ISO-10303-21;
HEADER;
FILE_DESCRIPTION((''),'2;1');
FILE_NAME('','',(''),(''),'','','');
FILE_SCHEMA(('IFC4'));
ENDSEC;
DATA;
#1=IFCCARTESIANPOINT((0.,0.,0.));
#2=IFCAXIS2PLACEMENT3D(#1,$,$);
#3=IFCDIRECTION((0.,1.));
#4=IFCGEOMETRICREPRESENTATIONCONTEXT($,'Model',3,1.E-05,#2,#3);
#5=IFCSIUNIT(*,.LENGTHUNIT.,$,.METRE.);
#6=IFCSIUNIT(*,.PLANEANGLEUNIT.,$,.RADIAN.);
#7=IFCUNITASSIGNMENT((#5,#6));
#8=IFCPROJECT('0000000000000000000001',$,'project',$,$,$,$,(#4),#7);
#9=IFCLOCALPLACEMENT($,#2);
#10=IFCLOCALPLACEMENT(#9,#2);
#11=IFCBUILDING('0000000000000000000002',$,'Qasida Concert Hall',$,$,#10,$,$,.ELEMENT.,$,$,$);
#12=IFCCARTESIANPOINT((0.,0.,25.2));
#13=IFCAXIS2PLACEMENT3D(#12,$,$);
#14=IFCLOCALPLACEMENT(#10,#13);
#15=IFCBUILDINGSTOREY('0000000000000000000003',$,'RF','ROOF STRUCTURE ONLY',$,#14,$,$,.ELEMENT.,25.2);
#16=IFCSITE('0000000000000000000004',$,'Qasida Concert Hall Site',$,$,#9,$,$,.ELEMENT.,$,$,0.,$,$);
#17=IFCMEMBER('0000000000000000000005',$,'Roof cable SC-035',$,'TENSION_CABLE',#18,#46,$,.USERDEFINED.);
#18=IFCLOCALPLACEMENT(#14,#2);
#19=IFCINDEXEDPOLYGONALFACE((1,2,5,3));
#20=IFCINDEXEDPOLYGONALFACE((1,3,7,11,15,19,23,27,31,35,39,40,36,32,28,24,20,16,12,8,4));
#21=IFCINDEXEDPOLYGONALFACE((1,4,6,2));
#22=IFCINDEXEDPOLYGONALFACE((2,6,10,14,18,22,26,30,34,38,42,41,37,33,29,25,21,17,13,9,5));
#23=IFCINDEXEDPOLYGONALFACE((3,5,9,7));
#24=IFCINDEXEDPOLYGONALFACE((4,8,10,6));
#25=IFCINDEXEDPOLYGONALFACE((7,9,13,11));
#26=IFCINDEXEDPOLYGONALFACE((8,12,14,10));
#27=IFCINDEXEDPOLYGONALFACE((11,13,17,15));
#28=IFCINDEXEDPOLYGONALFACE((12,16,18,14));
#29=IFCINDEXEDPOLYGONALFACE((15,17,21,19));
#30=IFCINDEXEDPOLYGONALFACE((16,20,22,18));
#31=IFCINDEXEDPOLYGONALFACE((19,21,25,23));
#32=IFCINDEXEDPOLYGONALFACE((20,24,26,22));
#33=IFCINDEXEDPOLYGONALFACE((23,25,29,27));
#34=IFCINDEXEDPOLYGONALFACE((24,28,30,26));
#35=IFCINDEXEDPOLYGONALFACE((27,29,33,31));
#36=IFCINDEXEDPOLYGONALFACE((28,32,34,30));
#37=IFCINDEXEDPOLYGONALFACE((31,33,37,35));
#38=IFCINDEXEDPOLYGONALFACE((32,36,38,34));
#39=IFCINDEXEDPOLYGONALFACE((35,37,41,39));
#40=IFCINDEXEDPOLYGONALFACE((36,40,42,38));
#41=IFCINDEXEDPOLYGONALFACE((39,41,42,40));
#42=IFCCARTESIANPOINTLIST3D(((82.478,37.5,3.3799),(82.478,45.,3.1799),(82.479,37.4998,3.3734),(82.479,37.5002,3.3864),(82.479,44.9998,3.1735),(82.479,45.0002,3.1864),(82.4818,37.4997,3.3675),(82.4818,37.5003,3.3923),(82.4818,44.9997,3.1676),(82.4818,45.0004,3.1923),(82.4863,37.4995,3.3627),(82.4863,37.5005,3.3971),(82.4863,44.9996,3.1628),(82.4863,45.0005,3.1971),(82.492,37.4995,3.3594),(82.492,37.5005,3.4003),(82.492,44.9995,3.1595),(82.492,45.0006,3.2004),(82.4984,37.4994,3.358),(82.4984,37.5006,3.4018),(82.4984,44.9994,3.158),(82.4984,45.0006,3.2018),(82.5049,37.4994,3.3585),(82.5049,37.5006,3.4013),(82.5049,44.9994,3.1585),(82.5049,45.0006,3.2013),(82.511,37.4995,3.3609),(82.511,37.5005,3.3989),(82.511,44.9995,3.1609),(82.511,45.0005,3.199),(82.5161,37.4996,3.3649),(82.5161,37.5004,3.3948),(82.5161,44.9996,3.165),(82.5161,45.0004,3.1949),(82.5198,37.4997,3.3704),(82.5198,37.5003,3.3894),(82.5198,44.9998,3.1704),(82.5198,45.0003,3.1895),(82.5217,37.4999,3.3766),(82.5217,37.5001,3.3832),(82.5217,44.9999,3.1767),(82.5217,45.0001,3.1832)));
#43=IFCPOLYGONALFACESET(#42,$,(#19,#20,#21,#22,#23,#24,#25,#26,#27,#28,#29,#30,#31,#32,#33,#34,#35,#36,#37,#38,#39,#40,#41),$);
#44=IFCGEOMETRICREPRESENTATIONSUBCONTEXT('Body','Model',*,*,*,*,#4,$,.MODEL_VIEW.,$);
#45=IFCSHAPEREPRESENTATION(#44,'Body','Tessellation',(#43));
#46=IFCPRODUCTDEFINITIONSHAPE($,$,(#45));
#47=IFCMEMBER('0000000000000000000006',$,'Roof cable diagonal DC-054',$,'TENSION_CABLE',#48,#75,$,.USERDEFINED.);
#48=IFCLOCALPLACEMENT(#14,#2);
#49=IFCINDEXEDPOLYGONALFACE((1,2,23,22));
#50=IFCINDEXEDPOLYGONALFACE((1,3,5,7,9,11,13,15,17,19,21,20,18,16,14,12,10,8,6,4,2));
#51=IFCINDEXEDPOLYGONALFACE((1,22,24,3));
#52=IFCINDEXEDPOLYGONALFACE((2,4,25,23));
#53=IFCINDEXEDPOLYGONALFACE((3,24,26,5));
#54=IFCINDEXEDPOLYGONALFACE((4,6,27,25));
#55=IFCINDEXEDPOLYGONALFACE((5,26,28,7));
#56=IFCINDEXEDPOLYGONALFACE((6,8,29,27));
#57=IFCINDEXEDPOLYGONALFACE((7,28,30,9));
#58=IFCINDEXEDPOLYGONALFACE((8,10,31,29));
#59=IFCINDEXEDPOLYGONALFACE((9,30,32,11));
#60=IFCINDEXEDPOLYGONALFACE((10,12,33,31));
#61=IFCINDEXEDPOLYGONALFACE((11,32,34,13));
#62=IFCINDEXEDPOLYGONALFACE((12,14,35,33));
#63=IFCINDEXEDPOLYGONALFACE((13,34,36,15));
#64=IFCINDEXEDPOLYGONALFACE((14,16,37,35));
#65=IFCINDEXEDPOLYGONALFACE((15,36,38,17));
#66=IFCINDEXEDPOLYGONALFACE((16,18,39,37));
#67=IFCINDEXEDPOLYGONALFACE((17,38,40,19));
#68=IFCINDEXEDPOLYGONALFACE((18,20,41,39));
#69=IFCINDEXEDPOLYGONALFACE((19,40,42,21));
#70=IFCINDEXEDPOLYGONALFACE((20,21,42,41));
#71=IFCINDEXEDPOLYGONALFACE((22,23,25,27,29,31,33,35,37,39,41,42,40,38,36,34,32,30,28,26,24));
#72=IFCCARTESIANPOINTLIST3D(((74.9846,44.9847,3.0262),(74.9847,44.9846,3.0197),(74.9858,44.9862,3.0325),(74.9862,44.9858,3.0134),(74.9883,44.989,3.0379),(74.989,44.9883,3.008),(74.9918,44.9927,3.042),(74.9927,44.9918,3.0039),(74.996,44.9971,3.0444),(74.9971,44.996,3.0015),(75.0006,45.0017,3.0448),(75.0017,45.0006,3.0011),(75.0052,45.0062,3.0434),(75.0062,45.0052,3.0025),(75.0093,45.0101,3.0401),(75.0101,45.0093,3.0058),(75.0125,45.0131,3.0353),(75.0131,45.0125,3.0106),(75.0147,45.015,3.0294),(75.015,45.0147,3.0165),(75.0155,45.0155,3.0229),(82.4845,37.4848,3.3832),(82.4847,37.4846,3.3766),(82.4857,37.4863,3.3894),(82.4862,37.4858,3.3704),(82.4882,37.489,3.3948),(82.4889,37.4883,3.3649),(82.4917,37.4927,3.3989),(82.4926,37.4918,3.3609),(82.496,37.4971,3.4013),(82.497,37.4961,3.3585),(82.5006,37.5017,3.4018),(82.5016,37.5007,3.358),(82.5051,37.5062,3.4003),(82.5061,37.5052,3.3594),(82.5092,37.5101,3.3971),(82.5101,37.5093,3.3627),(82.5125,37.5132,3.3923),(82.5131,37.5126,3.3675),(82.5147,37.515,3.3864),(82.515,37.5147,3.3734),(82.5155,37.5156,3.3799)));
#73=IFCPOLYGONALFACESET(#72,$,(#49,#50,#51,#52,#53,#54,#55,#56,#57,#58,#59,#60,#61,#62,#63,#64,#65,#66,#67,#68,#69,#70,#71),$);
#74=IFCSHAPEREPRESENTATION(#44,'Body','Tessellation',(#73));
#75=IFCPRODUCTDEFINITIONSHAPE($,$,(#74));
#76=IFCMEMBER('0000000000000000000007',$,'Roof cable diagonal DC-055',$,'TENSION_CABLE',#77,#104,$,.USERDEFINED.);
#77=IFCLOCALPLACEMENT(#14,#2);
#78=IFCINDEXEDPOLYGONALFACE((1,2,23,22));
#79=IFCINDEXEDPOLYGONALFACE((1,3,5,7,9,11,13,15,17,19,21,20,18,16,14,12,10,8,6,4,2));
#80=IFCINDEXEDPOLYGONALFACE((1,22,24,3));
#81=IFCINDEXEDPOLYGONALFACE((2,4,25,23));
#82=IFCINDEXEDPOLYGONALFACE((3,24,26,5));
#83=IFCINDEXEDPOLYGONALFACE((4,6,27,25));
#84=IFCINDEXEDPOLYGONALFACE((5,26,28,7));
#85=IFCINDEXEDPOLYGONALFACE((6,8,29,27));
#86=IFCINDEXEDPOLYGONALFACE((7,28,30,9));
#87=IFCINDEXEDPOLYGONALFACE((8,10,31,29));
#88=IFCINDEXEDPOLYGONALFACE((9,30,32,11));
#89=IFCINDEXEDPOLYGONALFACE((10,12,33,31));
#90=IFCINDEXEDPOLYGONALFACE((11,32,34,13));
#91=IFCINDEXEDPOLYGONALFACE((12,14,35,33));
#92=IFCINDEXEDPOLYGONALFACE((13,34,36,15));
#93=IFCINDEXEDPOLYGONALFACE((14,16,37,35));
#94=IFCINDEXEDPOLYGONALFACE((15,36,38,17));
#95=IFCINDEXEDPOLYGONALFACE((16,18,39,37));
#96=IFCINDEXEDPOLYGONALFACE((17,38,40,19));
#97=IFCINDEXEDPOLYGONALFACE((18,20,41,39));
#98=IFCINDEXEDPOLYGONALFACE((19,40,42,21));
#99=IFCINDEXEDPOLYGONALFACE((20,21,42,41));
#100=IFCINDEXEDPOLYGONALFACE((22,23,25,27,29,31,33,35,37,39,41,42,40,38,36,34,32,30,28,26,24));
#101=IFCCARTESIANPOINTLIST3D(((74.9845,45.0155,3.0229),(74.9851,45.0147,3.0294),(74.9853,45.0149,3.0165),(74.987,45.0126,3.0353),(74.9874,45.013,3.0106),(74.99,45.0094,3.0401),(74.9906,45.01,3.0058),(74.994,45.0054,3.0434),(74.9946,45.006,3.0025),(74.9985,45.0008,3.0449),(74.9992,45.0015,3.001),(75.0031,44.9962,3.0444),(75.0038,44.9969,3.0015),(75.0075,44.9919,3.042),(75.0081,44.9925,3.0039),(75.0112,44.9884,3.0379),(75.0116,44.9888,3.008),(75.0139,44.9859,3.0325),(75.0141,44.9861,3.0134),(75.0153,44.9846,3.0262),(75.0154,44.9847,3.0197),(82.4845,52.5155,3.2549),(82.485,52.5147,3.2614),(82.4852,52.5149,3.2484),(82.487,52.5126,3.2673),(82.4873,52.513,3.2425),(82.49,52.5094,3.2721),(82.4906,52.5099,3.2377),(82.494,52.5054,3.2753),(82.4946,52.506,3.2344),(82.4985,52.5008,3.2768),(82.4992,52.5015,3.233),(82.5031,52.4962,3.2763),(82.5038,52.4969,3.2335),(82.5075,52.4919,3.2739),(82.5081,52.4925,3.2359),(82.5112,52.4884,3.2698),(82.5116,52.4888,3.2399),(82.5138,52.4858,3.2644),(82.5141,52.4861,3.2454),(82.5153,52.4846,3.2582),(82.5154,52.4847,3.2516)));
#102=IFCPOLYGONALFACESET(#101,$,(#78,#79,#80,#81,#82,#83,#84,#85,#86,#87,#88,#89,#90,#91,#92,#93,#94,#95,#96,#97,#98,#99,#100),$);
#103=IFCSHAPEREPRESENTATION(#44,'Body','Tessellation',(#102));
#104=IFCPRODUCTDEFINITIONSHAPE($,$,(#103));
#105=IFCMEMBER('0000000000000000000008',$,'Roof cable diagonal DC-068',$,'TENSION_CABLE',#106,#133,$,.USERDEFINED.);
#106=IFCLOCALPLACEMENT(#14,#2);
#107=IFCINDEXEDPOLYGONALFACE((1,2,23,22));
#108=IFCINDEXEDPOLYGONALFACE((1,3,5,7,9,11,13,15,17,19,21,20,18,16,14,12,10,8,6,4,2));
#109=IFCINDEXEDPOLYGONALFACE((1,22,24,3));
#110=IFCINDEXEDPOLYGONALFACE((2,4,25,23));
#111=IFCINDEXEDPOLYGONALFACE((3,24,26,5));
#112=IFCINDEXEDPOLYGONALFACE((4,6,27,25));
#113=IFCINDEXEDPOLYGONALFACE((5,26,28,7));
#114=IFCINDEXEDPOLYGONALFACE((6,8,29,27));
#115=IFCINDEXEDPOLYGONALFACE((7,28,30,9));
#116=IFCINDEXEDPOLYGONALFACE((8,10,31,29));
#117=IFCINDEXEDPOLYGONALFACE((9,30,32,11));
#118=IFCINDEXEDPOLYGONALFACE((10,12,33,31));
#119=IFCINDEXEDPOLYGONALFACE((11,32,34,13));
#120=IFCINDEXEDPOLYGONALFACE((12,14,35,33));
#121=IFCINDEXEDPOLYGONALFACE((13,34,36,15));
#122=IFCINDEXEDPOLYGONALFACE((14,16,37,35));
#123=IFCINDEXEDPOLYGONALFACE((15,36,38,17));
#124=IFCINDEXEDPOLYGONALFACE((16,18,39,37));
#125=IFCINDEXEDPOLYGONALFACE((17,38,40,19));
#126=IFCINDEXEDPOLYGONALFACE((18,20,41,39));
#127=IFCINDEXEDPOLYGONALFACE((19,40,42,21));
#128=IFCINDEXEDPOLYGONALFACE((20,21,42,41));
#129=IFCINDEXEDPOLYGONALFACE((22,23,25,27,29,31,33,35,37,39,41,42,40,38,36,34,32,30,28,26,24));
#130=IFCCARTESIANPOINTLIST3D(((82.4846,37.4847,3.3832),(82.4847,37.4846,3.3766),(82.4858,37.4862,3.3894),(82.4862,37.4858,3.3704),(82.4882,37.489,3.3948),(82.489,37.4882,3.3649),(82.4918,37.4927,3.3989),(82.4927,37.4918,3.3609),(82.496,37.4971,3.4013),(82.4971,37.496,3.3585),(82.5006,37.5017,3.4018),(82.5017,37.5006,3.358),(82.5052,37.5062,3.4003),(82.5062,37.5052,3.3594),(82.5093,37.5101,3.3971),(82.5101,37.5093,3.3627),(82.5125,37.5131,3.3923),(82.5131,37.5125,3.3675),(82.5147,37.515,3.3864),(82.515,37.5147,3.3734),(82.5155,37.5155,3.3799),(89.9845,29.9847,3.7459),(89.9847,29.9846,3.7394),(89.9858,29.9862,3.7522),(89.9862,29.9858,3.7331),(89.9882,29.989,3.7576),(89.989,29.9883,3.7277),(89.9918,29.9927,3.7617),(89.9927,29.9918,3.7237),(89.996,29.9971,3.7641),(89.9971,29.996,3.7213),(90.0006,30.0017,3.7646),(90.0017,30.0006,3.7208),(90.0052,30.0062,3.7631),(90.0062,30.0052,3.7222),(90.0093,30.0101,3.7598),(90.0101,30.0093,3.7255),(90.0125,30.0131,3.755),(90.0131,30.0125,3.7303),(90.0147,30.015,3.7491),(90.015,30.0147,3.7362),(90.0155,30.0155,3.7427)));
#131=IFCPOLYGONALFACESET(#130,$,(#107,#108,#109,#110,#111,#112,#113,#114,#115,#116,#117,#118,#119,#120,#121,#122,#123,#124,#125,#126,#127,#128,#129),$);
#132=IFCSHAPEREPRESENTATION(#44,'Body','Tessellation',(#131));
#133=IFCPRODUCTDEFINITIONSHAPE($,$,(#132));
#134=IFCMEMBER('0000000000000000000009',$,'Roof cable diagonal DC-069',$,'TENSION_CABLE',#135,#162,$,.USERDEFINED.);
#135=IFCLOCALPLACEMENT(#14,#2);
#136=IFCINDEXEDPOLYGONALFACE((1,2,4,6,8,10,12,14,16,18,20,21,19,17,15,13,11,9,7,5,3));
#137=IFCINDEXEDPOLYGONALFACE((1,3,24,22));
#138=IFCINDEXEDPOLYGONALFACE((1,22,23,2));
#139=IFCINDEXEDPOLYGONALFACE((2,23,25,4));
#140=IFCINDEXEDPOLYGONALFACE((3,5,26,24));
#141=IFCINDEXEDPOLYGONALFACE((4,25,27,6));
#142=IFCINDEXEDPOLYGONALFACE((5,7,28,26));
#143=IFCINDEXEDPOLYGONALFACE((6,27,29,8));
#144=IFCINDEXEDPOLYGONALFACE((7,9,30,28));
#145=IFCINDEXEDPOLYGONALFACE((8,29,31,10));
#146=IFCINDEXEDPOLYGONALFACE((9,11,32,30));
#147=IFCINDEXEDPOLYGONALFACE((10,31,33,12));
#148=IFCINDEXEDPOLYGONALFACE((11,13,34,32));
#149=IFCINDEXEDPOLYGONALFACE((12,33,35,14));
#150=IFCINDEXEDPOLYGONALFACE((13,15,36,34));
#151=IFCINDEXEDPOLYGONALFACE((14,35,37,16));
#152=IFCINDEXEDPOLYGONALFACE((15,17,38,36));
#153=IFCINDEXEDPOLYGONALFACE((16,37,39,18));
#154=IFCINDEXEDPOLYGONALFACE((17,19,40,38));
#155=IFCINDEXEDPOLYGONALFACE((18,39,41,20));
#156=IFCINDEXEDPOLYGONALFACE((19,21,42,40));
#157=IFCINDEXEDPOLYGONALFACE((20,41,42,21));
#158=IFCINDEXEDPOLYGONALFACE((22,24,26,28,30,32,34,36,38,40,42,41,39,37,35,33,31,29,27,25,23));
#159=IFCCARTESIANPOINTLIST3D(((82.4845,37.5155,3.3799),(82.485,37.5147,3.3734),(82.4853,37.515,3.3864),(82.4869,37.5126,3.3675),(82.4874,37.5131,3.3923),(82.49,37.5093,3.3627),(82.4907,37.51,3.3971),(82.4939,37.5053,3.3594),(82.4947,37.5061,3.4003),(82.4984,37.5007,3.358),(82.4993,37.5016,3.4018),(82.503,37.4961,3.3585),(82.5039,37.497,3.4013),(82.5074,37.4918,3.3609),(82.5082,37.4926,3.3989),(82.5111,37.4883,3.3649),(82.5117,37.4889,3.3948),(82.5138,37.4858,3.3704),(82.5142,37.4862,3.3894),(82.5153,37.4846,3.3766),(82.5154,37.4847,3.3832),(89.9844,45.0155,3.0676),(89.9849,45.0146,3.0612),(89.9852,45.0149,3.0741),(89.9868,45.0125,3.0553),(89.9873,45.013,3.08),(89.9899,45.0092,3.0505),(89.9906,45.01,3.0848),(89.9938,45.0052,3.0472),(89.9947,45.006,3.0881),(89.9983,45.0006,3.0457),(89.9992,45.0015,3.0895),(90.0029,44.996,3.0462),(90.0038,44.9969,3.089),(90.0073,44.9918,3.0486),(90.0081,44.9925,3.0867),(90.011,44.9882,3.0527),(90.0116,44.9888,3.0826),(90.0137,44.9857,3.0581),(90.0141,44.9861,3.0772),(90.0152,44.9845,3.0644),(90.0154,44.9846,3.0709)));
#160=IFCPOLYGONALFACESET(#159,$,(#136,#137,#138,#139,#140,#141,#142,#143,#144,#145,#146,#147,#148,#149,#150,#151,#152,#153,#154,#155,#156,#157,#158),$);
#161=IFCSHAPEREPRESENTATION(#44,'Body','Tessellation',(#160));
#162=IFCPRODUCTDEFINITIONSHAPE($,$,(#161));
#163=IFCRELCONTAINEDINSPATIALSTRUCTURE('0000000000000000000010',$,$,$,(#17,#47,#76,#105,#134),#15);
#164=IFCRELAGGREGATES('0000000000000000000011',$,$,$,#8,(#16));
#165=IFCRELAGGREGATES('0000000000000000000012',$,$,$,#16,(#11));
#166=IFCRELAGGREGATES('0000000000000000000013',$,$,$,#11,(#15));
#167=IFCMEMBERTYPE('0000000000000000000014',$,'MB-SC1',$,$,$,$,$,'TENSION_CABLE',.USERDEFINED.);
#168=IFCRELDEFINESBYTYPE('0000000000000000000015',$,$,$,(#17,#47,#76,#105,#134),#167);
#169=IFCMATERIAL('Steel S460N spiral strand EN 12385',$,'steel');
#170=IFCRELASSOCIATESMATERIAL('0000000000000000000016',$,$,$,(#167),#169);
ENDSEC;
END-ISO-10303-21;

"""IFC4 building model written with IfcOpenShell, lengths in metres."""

from ifc_helpers import new_model, si_unit, direction, frame, origin, origin_2d, place, context, subcontext, project, spatial, circle, extrude, material, material_profile, profile_set, type_object, element, save


model = new_model("IFC4")

# Units and contexts
model_context = context("Model", 3, precision=1e-05, world=origin(), true_north=direction((0.0, 1.0)))
body_context = subcontext(model_context, "Body", "Model", "MODEL_VIEW")
ifc_project = project(units=[si_unit("LENGTHUNIT", "METRE"), si_unit("PLANEANGLEUNIT", "RADIAN")], contexts=[model_context])

# Site, building, storey
site_placement = place(None, origin())
site = spatial("IfcSite", under=ifc_project, at=site_placement, Name="Qasida Concert Hall Site", CompositionType="ELEMENT", RefElevation=0.0)
building_placement = place(site_placement, origin())
building = spatial("IfcBuilding", under=site, at=building_placement, Name="Qasida Concert Hall", CompositionType="ELEMENT")
storey_placement = place(building_placement, frame((0.0, 0.0, 25.2)))
storey = spatial("IfcBuildingStorey", under=building, at=storey_placement, Name="RF", Description="ROOF STRUCTURE ONLY", CompositionType="ELEMENT", Elevation=25.2)

# Members
ifc_material_1 = material(Name="Steel S460N spiral strand EN 12385", Category="steel")
ifc_material_profile_1 = material_profile(ifc_material_1, circle(Radius=0.022, at=origin_2d()), Name="STRAND D44")
ifc_profile_set_1 = profile_set([ifc_material_profile_1], Name="Steel S460N spiral strand EN 12385")
member_type_1 = type_object("IfcMemberType", Name="MB-SC1", ElementType="TENSION_CABLE", PredefinedType="USERDEFINED", material=ifc_profile_set_1)
member_1_placement = place(storey_placement, frame((82.5, 37.5, 3.3799), z_axis=(0.0, 0.999645, -0.026651), x_axis=(-1.0, 0.0, 0.0)))
element("IfcMember", 1, at=member_1_placement, inside=storey, type_object=member_type_1, Name="Roof cable SC-035", ObjectType="TENSION_CABLE", PredefinedType="USERDEFINED", context=body_context, shape_type="SweptSolid", body=[
    extrude(circle(Radius=0.022, at=origin_2d()), origin(), (0.0, 0.0, 1.0), 7.5027),
])
member_2_placement = place(storey_placement, frame((75.0, 45.0, 3.0229), z_axis=(0.706707, -0.706707, 0.033633), x_axis=(0.707107, 0.707107, 0.0)))
element("IfcMember", 2, at=member_2_placement, inside=storey, type_object=member_type_1, Name="Roof cable diagonal DC-054", ObjectType="TENSION_CABLE", PredefinedType="USERDEFINED", context=body_context, shape_type="SweptSolid", body=[
    extrude(circle(Radius=0.022, at=origin_2d()), origin(), (0.0, 0.0, 1.0), 10.6125),
])
member_3_placement = place(storey_placement, frame((75.0, 45.0, 3.0229), z_axis=(0.706938, 0.706938, 0.021862), x_axis=(-0.707107, 0.707107, 0.0)))
element("IfcMember", 3, at=member_3_placement, inside=storey, type_object=member_type_1, Name="Roof cable diagonal DC-055", ObjectType="TENSION_CABLE", PredefinedType="USERDEFINED", context=body_context, shape_type="SweptSolid", body=[
    extrude(circle(Radius=0.022, at=origin_2d()), origin(), (0.0, 0.0, 1.0), 10.6091),
])
member_4_placement = place(storey_placement, frame((82.5, 37.5, 3.3799), z_axis=(0.706694, -0.706694, 0.034184), x_axis=(0.707107, 0.707107, 0.0)))
element("IfcMember", 4, at=member_4_placement, inside=storey, type_object=member_type_1, Name="Roof cable diagonal DC-068", ObjectType="TENSION_CABLE", PredefinedType="USERDEFINED", context=body_context, shape_type="SweptSolid", body=[
    extrude(circle(Radius=0.022, at=origin_2d()), origin(), (0.0, 0.0, 1.0), 10.6128),
])
member_5_placement = place(storey_placement, frame((82.5, 37.5, 3.3799), z_axis=(0.706801, 0.706801, -0.029427), x_axis=(-0.707107, 0.707107, 0.0)))
element("IfcMember", 5, at=member_5_placement, inside=storey, type_object=member_type_1, Name="Roof cable diagonal DC-069", ObjectType="TENSION_CABLE", PredefinedType="USERDEFINED", context=body_context, shape_type="SweptSolid", body=[
    extrude(circle(Radius=0.022, at=origin_2d()), origin(), (0.0, 0.0, 1.0), 10.6111),
])

save(model, "model.ifc")
